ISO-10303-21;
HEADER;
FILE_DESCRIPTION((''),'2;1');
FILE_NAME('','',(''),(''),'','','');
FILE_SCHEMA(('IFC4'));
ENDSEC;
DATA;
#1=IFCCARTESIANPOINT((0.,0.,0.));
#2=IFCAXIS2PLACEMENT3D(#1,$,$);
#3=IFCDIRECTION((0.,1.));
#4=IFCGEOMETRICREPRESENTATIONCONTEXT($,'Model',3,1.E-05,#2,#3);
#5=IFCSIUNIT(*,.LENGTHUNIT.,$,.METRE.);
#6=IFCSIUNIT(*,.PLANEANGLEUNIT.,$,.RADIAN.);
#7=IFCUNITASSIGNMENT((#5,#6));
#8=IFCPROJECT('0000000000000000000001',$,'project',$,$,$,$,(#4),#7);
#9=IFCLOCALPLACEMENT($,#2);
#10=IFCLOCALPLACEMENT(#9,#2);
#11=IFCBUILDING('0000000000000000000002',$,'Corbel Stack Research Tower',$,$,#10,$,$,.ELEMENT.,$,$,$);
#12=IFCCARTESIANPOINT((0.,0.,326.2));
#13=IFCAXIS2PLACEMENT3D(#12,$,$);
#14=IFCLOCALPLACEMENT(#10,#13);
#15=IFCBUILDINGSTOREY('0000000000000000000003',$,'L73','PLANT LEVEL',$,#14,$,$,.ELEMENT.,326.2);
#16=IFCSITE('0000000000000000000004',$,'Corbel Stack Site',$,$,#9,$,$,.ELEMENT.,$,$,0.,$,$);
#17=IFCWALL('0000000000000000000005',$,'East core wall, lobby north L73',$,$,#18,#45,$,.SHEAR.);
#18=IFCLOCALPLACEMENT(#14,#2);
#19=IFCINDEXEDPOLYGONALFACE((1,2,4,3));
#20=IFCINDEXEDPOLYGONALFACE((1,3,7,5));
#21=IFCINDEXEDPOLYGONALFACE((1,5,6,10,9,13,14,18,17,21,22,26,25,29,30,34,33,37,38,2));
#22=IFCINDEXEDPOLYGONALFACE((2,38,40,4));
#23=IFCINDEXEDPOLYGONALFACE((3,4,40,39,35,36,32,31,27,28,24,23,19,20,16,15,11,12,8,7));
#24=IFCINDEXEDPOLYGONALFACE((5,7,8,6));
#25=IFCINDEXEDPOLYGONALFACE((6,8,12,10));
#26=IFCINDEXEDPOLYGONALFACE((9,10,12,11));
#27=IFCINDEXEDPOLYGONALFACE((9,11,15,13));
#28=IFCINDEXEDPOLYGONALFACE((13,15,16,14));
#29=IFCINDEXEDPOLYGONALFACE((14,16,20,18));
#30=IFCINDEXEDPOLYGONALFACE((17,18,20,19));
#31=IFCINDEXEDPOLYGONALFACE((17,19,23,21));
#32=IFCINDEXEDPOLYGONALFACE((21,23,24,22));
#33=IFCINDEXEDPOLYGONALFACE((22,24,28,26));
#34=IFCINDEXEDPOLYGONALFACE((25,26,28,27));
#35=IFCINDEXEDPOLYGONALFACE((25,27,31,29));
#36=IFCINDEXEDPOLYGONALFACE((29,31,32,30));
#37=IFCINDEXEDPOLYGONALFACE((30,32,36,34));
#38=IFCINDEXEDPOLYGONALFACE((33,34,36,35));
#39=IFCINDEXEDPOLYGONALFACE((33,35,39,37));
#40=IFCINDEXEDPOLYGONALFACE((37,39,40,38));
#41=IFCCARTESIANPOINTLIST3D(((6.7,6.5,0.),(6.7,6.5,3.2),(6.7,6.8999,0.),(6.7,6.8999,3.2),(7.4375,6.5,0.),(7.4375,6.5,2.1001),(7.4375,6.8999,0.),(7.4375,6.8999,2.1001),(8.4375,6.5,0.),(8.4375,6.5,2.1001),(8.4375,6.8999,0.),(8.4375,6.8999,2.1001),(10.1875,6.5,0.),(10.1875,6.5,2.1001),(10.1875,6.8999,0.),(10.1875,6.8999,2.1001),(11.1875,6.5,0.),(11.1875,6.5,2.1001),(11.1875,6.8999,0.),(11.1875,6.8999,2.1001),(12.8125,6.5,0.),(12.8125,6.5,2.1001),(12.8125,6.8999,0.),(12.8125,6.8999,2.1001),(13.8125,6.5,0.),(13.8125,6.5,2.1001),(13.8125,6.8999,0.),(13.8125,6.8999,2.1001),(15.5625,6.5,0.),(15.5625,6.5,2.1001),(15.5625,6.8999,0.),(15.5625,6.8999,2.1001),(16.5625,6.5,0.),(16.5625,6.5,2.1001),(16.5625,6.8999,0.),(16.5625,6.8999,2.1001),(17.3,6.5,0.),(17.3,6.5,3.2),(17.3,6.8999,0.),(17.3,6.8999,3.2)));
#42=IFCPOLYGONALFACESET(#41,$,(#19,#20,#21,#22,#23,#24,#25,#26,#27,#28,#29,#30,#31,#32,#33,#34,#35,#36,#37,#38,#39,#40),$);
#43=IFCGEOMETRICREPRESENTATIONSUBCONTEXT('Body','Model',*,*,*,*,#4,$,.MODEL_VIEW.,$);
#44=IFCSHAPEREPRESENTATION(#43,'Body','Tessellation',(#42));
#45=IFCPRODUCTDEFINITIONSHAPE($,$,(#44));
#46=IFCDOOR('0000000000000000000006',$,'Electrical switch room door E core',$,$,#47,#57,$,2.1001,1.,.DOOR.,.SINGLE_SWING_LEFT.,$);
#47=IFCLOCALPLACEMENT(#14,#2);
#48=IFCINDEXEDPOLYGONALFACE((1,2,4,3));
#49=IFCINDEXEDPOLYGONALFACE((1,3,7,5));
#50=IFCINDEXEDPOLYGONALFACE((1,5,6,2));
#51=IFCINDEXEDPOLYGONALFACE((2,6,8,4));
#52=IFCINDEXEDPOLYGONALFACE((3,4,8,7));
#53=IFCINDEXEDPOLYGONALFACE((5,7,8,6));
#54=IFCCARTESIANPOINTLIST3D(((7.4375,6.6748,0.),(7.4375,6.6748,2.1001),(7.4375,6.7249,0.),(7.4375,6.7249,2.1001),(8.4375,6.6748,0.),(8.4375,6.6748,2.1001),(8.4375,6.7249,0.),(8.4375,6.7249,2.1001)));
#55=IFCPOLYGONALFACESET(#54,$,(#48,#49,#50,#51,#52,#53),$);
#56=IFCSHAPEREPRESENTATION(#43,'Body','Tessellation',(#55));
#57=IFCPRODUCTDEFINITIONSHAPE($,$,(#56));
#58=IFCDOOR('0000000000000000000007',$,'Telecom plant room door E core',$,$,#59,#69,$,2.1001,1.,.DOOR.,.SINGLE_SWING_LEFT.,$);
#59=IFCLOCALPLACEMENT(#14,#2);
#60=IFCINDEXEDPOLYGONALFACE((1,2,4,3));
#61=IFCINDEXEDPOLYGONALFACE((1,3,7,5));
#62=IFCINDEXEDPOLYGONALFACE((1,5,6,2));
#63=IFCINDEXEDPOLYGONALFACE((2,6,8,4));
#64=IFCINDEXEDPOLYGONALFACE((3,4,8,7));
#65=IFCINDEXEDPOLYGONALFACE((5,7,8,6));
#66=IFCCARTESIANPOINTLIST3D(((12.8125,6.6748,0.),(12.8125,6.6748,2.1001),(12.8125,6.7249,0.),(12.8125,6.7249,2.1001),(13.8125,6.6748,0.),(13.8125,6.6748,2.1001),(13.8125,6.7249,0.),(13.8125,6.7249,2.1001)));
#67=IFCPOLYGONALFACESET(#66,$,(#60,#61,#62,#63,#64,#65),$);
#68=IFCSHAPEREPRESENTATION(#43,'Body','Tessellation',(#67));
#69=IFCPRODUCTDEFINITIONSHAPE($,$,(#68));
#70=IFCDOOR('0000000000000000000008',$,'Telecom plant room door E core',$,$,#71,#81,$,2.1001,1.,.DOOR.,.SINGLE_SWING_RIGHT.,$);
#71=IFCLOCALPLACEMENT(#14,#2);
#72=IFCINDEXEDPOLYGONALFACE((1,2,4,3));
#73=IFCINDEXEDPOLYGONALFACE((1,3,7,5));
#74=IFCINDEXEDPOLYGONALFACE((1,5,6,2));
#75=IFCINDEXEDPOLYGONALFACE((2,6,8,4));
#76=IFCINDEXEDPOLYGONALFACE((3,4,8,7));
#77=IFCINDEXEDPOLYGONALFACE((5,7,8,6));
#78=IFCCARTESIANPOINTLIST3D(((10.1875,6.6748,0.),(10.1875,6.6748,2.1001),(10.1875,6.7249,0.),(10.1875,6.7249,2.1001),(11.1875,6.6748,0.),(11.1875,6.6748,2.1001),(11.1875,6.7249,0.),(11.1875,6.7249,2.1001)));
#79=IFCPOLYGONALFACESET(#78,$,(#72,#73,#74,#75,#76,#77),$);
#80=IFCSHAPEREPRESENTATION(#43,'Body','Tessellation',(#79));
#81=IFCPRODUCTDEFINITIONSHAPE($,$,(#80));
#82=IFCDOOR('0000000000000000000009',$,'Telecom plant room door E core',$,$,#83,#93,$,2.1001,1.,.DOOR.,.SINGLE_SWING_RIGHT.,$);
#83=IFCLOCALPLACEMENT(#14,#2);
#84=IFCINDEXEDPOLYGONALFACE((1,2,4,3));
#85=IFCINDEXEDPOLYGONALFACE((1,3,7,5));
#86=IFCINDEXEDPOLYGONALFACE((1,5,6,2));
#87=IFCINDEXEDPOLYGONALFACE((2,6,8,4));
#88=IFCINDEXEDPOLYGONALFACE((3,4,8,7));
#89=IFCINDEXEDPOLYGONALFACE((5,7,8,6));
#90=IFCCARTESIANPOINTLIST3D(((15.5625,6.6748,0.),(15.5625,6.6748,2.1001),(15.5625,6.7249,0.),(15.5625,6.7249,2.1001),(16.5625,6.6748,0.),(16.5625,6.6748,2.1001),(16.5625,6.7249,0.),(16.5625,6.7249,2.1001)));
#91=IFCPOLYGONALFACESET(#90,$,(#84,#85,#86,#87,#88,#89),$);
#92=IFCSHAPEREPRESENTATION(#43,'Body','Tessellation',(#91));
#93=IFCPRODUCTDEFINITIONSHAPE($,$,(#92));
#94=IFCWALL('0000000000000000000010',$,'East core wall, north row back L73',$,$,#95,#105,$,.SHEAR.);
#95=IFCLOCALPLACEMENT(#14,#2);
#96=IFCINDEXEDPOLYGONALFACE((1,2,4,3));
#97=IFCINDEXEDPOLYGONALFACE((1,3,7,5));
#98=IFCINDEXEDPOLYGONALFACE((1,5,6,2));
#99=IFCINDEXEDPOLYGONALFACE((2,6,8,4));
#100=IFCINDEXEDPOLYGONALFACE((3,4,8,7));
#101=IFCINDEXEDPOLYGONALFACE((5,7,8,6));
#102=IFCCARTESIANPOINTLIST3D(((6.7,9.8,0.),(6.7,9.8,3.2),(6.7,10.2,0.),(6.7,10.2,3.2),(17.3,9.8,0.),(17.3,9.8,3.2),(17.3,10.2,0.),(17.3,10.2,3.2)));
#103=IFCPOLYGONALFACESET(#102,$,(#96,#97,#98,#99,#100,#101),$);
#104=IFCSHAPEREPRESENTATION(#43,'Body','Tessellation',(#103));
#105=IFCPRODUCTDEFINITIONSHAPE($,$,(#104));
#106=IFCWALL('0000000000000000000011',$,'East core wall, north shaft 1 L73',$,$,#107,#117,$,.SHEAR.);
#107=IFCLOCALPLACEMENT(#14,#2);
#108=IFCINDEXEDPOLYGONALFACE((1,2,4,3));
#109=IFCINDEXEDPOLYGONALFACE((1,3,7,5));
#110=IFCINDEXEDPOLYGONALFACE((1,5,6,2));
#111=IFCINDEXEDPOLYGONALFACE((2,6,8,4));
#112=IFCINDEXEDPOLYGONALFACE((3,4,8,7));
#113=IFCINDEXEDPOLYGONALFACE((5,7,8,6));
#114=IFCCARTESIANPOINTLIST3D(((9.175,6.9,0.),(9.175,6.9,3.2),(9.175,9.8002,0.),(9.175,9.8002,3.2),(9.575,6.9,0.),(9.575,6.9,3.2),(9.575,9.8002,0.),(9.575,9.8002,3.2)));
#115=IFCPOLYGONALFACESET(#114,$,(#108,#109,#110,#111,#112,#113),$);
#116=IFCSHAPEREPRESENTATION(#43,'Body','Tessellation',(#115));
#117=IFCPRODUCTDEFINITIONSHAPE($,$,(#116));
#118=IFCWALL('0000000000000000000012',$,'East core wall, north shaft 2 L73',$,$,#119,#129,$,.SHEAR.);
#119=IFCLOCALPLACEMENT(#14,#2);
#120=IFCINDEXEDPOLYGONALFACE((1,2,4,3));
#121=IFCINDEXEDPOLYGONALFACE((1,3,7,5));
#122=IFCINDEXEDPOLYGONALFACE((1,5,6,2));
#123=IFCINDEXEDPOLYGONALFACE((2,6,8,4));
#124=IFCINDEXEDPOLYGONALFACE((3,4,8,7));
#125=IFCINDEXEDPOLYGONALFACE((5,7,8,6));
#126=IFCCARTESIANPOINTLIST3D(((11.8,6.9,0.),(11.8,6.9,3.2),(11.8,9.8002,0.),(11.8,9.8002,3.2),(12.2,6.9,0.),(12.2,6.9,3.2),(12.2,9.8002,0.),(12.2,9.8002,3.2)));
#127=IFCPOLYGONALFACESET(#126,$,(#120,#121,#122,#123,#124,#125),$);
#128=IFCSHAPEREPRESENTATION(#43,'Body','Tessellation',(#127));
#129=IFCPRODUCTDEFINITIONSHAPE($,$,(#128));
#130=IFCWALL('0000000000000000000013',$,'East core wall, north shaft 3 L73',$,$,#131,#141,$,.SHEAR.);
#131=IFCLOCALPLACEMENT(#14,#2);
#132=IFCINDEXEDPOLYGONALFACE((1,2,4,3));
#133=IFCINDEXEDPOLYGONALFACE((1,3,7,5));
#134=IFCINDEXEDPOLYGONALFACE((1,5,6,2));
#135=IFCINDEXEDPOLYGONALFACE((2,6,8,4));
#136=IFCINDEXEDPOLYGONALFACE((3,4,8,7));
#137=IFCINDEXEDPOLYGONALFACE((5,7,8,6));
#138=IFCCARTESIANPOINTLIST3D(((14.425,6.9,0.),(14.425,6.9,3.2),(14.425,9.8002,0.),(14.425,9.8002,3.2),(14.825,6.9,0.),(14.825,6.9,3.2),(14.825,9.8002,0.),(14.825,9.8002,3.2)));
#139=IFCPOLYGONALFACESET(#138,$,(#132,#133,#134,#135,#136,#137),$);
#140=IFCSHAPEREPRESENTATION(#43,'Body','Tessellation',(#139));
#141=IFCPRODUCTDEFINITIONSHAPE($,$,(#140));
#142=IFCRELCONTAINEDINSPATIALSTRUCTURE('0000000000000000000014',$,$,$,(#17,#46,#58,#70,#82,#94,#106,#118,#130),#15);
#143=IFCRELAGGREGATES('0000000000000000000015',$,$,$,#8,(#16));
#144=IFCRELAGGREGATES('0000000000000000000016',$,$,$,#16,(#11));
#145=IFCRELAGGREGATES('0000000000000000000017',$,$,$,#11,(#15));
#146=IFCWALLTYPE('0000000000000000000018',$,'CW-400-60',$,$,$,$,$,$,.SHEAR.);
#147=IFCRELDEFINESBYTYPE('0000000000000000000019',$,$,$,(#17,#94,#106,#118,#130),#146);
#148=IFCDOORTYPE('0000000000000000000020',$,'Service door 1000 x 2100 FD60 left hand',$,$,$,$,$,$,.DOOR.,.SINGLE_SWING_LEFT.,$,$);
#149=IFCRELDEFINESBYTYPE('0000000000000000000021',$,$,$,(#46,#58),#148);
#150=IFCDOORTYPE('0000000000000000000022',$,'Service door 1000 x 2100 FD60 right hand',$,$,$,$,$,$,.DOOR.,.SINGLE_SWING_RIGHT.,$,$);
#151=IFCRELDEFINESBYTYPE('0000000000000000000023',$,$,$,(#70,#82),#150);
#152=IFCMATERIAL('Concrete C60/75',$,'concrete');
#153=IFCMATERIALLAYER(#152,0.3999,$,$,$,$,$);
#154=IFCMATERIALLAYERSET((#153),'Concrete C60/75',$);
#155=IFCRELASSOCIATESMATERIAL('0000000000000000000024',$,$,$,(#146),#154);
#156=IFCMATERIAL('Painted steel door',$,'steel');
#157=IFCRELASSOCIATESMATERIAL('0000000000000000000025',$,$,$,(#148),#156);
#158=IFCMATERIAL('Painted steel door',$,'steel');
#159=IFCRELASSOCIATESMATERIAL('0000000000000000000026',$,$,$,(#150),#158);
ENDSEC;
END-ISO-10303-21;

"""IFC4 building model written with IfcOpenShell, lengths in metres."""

from ifc_helpers import new_model, si_unit, direction, frame, frame_2d, origin, place, context, subcontext, project, spatial, rectangle, extrude, material, layer, layer_set, type_object, element, fill, save


model = new_model("IFC4")

# Units and contexts
model_context = context("Model", 3, precision=1e-05, world=origin(), true_north=direction((0.0, 1.0)))
body_context = subcontext(model_context, "Body", "Model", "MODEL_VIEW")
ifc_project = project(units=[si_unit("LENGTHUNIT", "METRE"), si_unit("PLANEANGLEUNIT", "RADIAN")], contexts=[model_context])

# Site, building, storey
site_placement = place(None, origin())
site = spatial("IfcSite", under=ifc_project, at=site_placement, Name="Corbel Stack Site", CompositionType="ELEMENT", RefElevation=0.0)
building_placement = place(site_placement, origin())
building = spatial("IfcBuilding", under=site, at=building_placement, Name="Corbel Stack Research Tower", CompositionType="ELEMENT")
storey_placement = place(building_placement, frame((0.0, 0.0, 326.2)))
storey = spatial("IfcBuildingStorey", under=building, at=storey_placement, Name="L73", Description="PLANT LEVEL", CompositionType="ELEMENT", Elevation=326.2)

# Wall, openings, doors
ifc_material_1 = material(Name="Concrete C60/75", Category="concrete")
ifc_layer_1 = layer(ifc_material_1, 0.3999)
ifc_layer_set_1 = layer_set([ifc_layer_1], Name="Concrete C60/75")
wall_type = type_object("IfcWallType", Name="CW-400-60", PredefinedType="SHEAR", material=ifc_layer_set_1)
ifc_material_2 = material(Name="Painted steel door", Category="steel")
door_type_1 = type_object("IfcDoorType", Name="Service door 1000 x 2100 FD60 left hand", OperationType="SINGLE_SWING_LEFT", PredefinedType="DOOR", material=ifc_material_2)
ifc_material_3 = material(Name="Painted steel door", Category="steel")
door_type_2 = type_object("IfcDoorType", Name="Service door 1000 x 2100 FD60 right hand", OperationType="SINGLE_SWING_RIGHT", PredefinedType="DOOR", material=ifc_material_3)
wall_1_placement = place(storey_placement, frame((6.7, 6.7, 0.0), z_axis=(0.0, 0.0, 1.0), x_axis=(1.0, 0.0, 0.0)))
wall_1 = element("IfcWall", 1, at=wall_1_placement, inside=storey, type_object=wall_type, Name="East core wall, lobby north L73", PredefinedType="SHEAR", context=body_context, shape_type="SweptSolid", body=[
    extrude(rectangle(XDim=10.6001, YDim=0.3999, at=frame_2d((5.3, 0.0))), origin(), (0.0, 0.0, 1.0), 3.2),
])
opening_1_placement = place(wall_1_placement, frame((0.7375, 0.0, 0.0)))
opening_1 = element("IfcOpeningElement", 2, at=opening_1_placement, cuts=wall_1, PredefinedType="OPENING", context=body_context, shape_type="SweptSolid", body=[
    extrude(rectangle(XDim=1.0, YDim=2.1001, at=frame_2d((0.5, 1.05))), frame((0.0, 0.21, 0.0), z_axis=(0.0, -1.0, 0.0), x_axis=(1.0, 0.0, 0.0)), (0.0, 0.0, 1.0), 0.4199),
])
opening_2_placement = place(wall_1_placement, frame((3.4875, 0.0, 0.0)))
opening_2 = element("IfcOpeningElement", 3, at=opening_2_placement, cuts=wall_1, PredefinedType="OPENING", context=body_context, shape_type="SweptSolid", body=[
    extrude(rectangle(XDim=1.0, YDim=2.1001, at=frame_2d((0.5, 1.05))), frame((0.0, 0.21, 0.0), z_axis=(0.0, -1.0, 0.0), x_axis=(1.0, 0.0, 0.0)), (0.0, 0.0, 1.0), 0.4199),
])
opening_3_placement = place(wall_1_placement, frame((6.1125, 0.0, 0.0)))
opening_3 = element("IfcOpeningElement", 4, at=opening_3_placement, cuts=wall_1, PredefinedType="OPENING", context=body_context, shape_type="SweptSolid", body=[
    extrude(rectangle(XDim=1.0, YDim=2.1001, at=frame_2d((0.5, 1.05))), frame((0.0, 0.21, 0.0), z_axis=(0.0, -1.0, 0.0), x_axis=(1.0, 0.0, 0.0)), (0.0, 0.0, 1.0), 0.4199),
])
opening_4_placement = place(wall_1_placement, frame((8.8625, 0.0, 0.0)))
opening_4 = element("IfcOpeningElement", 5, at=opening_4_placement, cuts=wall_1, PredefinedType="OPENING", context=body_context, shape_type="SweptSolid", body=[
    extrude(rectangle(XDim=1.0, YDim=2.1001, at=frame_2d((0.5, 1.05))), frame((0.0, 0.21, 0.0), z_axis=(0.0, -1.0, 0.0), x_axis=(1.0, 0.0, 0.0)), (0.0, 0.0, 1.0), 0.4199),
])
door_1_placement = place(opening_1_placement, origin())
door_1 = element("IfcDoor", 6, at=door_1_placement, inside=storey, type_object=door_type_1, Name="Electrical switch room door E core", OperationType="SINGLE_SWING_LEFT", OverallHeight=2.1001, OverallWidth=1.0, PredefinedType="DOOR", context=body_context, shape_type="SweptSolid", body=[
    extrude(rectangle(XDim=1.0, YDim=2.1001, at=frame_2d((0.5, 1.05))), frame((0.0, 0.0249, 0.0), z_axis=(0.0, -1.0, 0.0), x_axis=(1.0, 0.0, 0.0)), (0.0, 0.0, 1.0), 0.05),
])
fill(opening_1, door_1)
door_2_placement = place(opening_3_placement, origin())
door_2 = element("IfcDoor", 7, at=door_2_placement, inside=storey, type_object=door_type_1, Name="Telecom plant room door E core", OperationType="SINGLE_SWING_LEFT", OverallHeight=2.1001, OverallWidth=1.0, PredefinedType="DOOR", context=body_context, shape_type="SweptSolid", body=[
    extrude(rectangle(XDim=1.0, YDim=2.1001, at=frame_2d((0.5, 1.05))), frame((0.0, 0.0249, 0.0), z_axis=(0.0, -1.0, 0.0), x_axis=(1.0, 0.0, 0.0)), (0.0, 0.0, 1.0), 0.05),
])
fill(opening_3, door_2)
door_3_placement = place(opening_2_placement, origin())
door_3 = element("IfcDoor", 8, at=door_3_placement, inside=storey, type_object=door_type_2, Name="Telecom plant room door E core", OperationType="SINGLE_SWING_RIGHT", OverallHeight=2.1001, OverallWidth=1.0, PredefinedType="DOOR", context=body_context, shape_type="SweptSolid", body=[
    extrude(rectangle(XDim=1.0, YDim=2.1001, at=frame_2d((0.5, 1.05))), frame((0.0, 0.0249, 0.0), z_axis=(0.0, -1.0, 0.0), x_axis=(1.0, 0.0, 0.0)), (0.0, 0.0, 1.0), 0.05),
])
fill(opening_2, door_3)
door_4_placement = place(opening_4_placement, origin())
door_4 = element("IfcDoor", 9, at=door_4_placement, inside=storey, type_object=door_type_2, Name="Telecom plant room door E core", OperationType="SINGLE_SWING_RIGHT", OverallHeight=2.1001, OverallWidth=1.0, PredefinedType="DOOR", context=body_context, shape_type="SweptSolid", body=[
    extrude(rectangle(XDim=1.0, YDim=2.1001, at=frame_2d((0.5, 1.05))), frame((0.0, 0.0249, 0.0), z_axis=(0.0, -1.0, 0.0), x_axis=(1.0, 0.0, 0.0)), (0.0, 0.0, 1.0), 0.05),
])
fill(opening_4, door_4)

# Walls
wall_2_placement = place(storey_placement, frame((6.7, 10.0, 0.0), z_axis=(0.0, 0.0, 1.0), x_axis=(1.0, 0.0, 0.0)))
element("IfcWall", 10, at=wall_2_placement, inside=storey, type_object=wall_type, Name="East core wall, north row back L73", PredefinedType="SHEAR", context=body_context, shape_type="SweptSolid", body=[
    extrude(rectangle(XDim=10.6001, YDim=0.3999, at=frame_2d((5.3, 0.0))), origin(), (0.0, 0.0, 1.0), 3.2),
])
for number, where, z_axis, x_axis, name in (
    (11, (9.375, 6.8999, 0.0), (0.0, 0.0, 1.0), (0.0, 1.0, 0.0), "East core wall, north shaft 1 L73"),
    (12, (12.0, 6.8999, 0.0), (0.0, 0.0, 1.0), (0.0, 1.0, 0.0), "East core wall, north shaft 2 L73"),
    (13, (14.625, 6.8999, 0.0), (0.0, 0.0, 1.0), (0.0, 1.0, 0.0), "East core wall, north shaft 3 L73"),
):
    element("IfcWall", number, at=place(storey_placement, frame(where, z_axis=z_axis, x_axis=x_axis)), inside=storey, type_object=wall_type, Name=name, PredefinedType="SHEAR", context=body_context, shape_type="SweptSolid", body=[
        extrude(rectangle(XDim=2.9001, YDim=0.3999, at=frame_2d((1.4502, 0.0))), origin(), (0.0, 0.0, 1.0), 3.2),
    ])

save(model, "model.ifc")
